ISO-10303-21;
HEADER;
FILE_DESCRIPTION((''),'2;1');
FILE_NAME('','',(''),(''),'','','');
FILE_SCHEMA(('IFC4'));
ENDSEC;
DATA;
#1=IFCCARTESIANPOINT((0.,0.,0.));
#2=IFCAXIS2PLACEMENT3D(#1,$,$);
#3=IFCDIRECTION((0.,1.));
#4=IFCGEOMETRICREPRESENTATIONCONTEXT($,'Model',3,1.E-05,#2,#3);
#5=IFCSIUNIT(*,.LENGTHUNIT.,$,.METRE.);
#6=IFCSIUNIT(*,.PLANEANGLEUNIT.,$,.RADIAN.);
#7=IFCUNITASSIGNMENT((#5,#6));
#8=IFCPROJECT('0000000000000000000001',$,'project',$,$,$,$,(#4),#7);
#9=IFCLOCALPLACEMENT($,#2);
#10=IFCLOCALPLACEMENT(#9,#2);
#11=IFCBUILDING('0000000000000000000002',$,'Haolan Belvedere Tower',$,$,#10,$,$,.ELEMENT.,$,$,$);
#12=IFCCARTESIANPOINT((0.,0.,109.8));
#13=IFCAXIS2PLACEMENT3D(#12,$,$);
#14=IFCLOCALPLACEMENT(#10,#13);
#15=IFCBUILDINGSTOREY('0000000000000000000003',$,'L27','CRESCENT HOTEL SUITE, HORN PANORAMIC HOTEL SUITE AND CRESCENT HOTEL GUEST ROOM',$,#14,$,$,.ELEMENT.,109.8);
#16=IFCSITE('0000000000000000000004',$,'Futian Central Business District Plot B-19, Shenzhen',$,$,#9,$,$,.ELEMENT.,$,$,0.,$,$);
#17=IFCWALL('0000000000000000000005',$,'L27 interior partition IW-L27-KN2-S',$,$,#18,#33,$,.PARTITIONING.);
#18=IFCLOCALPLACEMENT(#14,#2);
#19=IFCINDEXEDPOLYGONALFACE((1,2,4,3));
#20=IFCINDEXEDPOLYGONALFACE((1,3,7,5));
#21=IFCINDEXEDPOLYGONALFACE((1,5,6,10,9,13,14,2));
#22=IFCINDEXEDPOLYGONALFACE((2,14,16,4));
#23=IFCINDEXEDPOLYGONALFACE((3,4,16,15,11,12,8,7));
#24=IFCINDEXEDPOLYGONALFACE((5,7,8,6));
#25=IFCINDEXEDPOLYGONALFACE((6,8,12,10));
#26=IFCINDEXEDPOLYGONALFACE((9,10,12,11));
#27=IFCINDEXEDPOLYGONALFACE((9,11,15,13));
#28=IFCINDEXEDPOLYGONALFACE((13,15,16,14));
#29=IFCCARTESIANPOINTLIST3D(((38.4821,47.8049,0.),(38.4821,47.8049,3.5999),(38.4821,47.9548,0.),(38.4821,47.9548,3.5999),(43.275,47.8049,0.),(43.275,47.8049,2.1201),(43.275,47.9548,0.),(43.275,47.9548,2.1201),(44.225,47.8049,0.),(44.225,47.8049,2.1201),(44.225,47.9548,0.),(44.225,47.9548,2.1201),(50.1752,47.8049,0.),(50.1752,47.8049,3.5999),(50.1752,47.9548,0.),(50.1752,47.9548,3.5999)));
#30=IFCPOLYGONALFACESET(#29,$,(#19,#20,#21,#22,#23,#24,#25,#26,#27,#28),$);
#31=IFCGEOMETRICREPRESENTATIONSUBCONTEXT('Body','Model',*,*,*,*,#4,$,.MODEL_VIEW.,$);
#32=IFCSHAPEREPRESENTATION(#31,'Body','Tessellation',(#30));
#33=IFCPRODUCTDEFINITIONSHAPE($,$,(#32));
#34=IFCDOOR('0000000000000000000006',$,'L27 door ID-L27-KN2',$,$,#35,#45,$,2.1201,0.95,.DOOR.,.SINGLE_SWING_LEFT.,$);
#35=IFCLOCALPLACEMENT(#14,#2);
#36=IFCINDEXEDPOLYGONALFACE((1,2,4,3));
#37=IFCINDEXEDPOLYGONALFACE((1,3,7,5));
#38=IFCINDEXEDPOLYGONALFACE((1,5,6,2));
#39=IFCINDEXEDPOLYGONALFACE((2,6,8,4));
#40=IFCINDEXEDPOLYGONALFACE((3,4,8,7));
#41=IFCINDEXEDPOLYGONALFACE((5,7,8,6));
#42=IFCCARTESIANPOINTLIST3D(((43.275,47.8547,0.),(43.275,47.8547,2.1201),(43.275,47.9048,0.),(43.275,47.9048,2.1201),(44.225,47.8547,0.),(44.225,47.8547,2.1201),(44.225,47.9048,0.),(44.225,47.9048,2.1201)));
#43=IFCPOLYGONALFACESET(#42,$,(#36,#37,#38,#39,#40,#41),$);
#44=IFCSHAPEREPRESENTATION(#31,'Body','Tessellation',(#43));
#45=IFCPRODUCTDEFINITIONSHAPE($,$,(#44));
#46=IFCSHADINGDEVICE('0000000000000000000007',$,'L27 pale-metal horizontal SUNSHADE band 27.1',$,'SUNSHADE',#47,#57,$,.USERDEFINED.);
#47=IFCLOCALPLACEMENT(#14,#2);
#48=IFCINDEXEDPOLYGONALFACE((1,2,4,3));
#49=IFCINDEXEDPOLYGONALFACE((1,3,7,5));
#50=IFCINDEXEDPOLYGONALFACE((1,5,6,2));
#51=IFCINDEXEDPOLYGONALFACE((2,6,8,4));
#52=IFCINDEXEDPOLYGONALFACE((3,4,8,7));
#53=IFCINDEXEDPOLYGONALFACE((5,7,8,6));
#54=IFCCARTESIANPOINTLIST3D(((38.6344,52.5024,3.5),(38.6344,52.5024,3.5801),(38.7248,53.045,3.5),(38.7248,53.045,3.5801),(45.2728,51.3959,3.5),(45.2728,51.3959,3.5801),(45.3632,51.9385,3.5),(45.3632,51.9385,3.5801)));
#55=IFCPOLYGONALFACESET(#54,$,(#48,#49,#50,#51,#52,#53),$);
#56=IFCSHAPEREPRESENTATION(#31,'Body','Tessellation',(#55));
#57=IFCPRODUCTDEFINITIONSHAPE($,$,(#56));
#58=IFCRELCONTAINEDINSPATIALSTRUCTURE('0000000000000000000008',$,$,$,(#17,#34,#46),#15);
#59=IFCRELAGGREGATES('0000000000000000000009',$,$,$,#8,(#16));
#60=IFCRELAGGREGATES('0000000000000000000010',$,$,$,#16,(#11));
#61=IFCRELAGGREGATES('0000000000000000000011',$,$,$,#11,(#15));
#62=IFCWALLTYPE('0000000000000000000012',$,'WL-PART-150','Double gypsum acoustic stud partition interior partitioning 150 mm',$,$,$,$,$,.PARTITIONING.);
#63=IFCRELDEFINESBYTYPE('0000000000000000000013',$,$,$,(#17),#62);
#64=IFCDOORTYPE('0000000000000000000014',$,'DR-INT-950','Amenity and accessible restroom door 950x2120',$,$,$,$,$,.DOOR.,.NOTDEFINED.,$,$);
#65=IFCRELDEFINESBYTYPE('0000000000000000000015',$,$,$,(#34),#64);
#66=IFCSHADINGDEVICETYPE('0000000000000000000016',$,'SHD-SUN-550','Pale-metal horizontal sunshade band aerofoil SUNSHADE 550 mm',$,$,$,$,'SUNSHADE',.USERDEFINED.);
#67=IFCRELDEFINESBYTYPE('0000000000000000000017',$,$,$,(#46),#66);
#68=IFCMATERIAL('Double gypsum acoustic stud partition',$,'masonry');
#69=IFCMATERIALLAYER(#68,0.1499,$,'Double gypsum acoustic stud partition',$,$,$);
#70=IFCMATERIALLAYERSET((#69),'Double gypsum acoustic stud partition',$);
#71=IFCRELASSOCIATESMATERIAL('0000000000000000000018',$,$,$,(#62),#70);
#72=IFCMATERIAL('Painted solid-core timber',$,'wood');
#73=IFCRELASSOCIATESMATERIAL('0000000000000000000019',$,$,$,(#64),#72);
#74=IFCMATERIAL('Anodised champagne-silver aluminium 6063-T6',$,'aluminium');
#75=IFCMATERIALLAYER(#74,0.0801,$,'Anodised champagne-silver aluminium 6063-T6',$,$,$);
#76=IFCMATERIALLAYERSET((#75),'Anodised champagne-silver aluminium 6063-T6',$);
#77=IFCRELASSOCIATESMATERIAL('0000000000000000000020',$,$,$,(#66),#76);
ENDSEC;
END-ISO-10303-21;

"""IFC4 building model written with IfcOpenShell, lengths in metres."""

from ifc_helpers import new_model, si_unit, direction, frame, frame_2d, origin, origin_2d, place, context, subcontext, project, spatial, rectangle, extrude, material, layer, layer_set, type_object, element, fill, save


model = new_model("IFC4")

# Units and contexts
model_context = context("Model", 3, precision=1e-05, world=origin(), true_north=direction((0.0, 1.0)))
body_context = subcontext(model_context, "Body", "Model", "MODEL_VIEW")
ifc_project = project(units=[si_unit("LENGTHUNIT", "METRE"), si_unit("PLANEANGLEUNIT", "RADIAN")], contexts=[model_context])

# Site, building, storey
site_placement = place(None, origin())
site = spatial("IfcSite", under=ifc_project, at=site_placement, Name="Futian Central Business District Plot B-19, Shenzhen", CompositionType="ELEMENT", RefElevation=0.0)
building_placement = place(site_placement, origin())
building = spatial("IfcBuilding", under=site, at=building_placement, Name="Haolan Belvedere Tower", CompositionType="ELEMENT")
storey_placement = place(building_placement, frame((0.0, 0.0, 109.8)))
storey = spatial("IfcBuildingStorey", under=building, at=storey_placement, Name="L27", Description="CRESCENT HOTEL SUITE, HORN PANORAMIC HOTEL SUITE AND CRESCENT HOTEL GUEST ROOM", CompositionType="ELEMENT", Elevation=109.8)

# Shared definitions
ifc_material_1 = material(Name="Double gypsum acoustic stud partition", Category="masonry")
ifc_layer_1 = layer(ifc_material_1, 0.1499, Name="Double gypsum acoustic stud partition")
ifc_layer_set_1 = layer_set([ifc_layer_1], Name="Double gypsum acoustic stud partition")
wall_type_1 = type_object("IfcWallType", Name="WL-PART-150", Description="Double gypsum acoustic stud partition interior partitioning 150 mm", PredefinedType="PARTITIONING", material=ifc_layer_set_1)

# Wall, opening, door
wall_1_placement = place(storey_placement, frame((38.4819, 47.8799, 0.0), z_axis=(0.0, 0.0, 1.0), x_axis=(1.0, 0.0, 0.0)))
wall_1 = element("IfcWall", 1, at=wall_1_placement, inside=storey, type_object=wall_type_1, Name="L27 interior partition IW-L27-KN2-S", PredefinedType="PARTITIONING", context=body_context, shape_type="SweptSolid", body=[
    extrude(rectangle(XDim=11.6931, YDim=0.1499, at=frame_2d((5.8467, 0.0))), origin(), (0.0, 0.0, 1.0), 3.5999),
])
opening_1_placement = place(wall_1_placement, frame((4.793, 0.0, 0.0)))
opening_1 = element("IfcOpeningElement", 2, at=opening_1_placement, cuts=wall_1, PredefinedType="OPENING", context=body_context, shape_type="SweptSolid", body=[
    extrude(rectangle(XDim=0.95, YDim=2.1201, at=frame_2d((0.4751, 1.0601))), frame((0.0, 0.085, 0.0), z_axis=(0.0, -1.0, 0.0), x_axis=(1.0, 0.0, 0.0)), (0.0, 0.0, 1.0), 0.1699),
])
ifc_material_2 = material(Name="Painted solid-core timber", Category="wood")
door_type_1 = type_object("IfcDoorType", Name="DR-INT-950", Description="Amenity and accessible restroom door 950x2120", OperationType="NOTDEFINED", PredefinedType="DOOR", material=ifc_material_2)
door_1_placement = place(opening_1_placement, origin())
door_1 = element("IfcDoor", 3, at=door_1_placement, inside=storey, type_object=door_type_1, Name="L27 door ID-L27-KN2", OperationType="SINGLE_SWING_LEFT", OverallHeight=2.1201, OverallWidth=0.95, PredefinedType="DOOR", context=body_context, shape_type="SweptSolid", body=[
    extrude(rectangle(XDim=0.95, YDim=2.1201, at=frame_2d((0.4751, 1.0601))), frame((0.0, 0.0249, 0.0), z_axis=(0.0, -1.0, 0.0), x_axis=(1.0, 0.0, 0.0)), (0.0, 0.0, 1.0), 0.05),
])
fill(opening_1, door_1)

# Shading device
ifc_material_3 = material(Name="Anodised champagne-silver aluminium 6063-T6", Category="aluminium")
ifc_layer_2 = layer(ifc_material_3, 0.0801, Name="Anodised champagne-silver aluminium 6063-T6")
ifc_layer_set_2 = layer_set([ifc_layer_2], Name="Anodised champagne-silver aluminium 6063-T6")
shading_device_type = type_object("IfcShadingDeviceType", Name="SHD-SUN-550", Description="Pale-metal horizontal sunshade band aerofoil SUNSHADE 550 mm", ElementType="SUNSHADE", PredefinedType="USERDEFINED", material=ifc_layer_set_2)
shading_device_placement = place(storey_placement, frame((41.9988, 52.2205, 3.5), z_axis=(0.0, 0.0, 1.0), x_axis=(-0.986392, 0.164411, 0.0)))
element("IfcShadingDevice", 4, at=shading_device_placement, inside=storey, type_object=shading_device_type, Name="L27 pale-metal horizontal SUNSHADE band 27.1", ObjectType="SUNSHADE", PredefinedType="USERDEFINED", context=body_context, shape_type="SweptSolid", body=[
    extrude(rectangle(XDim=6.73, YDim=0.55, at=origin_2d()), origin(), (0.0, 0.0, 1.0), 0.0801),
])

save(model, "model.ifc")
